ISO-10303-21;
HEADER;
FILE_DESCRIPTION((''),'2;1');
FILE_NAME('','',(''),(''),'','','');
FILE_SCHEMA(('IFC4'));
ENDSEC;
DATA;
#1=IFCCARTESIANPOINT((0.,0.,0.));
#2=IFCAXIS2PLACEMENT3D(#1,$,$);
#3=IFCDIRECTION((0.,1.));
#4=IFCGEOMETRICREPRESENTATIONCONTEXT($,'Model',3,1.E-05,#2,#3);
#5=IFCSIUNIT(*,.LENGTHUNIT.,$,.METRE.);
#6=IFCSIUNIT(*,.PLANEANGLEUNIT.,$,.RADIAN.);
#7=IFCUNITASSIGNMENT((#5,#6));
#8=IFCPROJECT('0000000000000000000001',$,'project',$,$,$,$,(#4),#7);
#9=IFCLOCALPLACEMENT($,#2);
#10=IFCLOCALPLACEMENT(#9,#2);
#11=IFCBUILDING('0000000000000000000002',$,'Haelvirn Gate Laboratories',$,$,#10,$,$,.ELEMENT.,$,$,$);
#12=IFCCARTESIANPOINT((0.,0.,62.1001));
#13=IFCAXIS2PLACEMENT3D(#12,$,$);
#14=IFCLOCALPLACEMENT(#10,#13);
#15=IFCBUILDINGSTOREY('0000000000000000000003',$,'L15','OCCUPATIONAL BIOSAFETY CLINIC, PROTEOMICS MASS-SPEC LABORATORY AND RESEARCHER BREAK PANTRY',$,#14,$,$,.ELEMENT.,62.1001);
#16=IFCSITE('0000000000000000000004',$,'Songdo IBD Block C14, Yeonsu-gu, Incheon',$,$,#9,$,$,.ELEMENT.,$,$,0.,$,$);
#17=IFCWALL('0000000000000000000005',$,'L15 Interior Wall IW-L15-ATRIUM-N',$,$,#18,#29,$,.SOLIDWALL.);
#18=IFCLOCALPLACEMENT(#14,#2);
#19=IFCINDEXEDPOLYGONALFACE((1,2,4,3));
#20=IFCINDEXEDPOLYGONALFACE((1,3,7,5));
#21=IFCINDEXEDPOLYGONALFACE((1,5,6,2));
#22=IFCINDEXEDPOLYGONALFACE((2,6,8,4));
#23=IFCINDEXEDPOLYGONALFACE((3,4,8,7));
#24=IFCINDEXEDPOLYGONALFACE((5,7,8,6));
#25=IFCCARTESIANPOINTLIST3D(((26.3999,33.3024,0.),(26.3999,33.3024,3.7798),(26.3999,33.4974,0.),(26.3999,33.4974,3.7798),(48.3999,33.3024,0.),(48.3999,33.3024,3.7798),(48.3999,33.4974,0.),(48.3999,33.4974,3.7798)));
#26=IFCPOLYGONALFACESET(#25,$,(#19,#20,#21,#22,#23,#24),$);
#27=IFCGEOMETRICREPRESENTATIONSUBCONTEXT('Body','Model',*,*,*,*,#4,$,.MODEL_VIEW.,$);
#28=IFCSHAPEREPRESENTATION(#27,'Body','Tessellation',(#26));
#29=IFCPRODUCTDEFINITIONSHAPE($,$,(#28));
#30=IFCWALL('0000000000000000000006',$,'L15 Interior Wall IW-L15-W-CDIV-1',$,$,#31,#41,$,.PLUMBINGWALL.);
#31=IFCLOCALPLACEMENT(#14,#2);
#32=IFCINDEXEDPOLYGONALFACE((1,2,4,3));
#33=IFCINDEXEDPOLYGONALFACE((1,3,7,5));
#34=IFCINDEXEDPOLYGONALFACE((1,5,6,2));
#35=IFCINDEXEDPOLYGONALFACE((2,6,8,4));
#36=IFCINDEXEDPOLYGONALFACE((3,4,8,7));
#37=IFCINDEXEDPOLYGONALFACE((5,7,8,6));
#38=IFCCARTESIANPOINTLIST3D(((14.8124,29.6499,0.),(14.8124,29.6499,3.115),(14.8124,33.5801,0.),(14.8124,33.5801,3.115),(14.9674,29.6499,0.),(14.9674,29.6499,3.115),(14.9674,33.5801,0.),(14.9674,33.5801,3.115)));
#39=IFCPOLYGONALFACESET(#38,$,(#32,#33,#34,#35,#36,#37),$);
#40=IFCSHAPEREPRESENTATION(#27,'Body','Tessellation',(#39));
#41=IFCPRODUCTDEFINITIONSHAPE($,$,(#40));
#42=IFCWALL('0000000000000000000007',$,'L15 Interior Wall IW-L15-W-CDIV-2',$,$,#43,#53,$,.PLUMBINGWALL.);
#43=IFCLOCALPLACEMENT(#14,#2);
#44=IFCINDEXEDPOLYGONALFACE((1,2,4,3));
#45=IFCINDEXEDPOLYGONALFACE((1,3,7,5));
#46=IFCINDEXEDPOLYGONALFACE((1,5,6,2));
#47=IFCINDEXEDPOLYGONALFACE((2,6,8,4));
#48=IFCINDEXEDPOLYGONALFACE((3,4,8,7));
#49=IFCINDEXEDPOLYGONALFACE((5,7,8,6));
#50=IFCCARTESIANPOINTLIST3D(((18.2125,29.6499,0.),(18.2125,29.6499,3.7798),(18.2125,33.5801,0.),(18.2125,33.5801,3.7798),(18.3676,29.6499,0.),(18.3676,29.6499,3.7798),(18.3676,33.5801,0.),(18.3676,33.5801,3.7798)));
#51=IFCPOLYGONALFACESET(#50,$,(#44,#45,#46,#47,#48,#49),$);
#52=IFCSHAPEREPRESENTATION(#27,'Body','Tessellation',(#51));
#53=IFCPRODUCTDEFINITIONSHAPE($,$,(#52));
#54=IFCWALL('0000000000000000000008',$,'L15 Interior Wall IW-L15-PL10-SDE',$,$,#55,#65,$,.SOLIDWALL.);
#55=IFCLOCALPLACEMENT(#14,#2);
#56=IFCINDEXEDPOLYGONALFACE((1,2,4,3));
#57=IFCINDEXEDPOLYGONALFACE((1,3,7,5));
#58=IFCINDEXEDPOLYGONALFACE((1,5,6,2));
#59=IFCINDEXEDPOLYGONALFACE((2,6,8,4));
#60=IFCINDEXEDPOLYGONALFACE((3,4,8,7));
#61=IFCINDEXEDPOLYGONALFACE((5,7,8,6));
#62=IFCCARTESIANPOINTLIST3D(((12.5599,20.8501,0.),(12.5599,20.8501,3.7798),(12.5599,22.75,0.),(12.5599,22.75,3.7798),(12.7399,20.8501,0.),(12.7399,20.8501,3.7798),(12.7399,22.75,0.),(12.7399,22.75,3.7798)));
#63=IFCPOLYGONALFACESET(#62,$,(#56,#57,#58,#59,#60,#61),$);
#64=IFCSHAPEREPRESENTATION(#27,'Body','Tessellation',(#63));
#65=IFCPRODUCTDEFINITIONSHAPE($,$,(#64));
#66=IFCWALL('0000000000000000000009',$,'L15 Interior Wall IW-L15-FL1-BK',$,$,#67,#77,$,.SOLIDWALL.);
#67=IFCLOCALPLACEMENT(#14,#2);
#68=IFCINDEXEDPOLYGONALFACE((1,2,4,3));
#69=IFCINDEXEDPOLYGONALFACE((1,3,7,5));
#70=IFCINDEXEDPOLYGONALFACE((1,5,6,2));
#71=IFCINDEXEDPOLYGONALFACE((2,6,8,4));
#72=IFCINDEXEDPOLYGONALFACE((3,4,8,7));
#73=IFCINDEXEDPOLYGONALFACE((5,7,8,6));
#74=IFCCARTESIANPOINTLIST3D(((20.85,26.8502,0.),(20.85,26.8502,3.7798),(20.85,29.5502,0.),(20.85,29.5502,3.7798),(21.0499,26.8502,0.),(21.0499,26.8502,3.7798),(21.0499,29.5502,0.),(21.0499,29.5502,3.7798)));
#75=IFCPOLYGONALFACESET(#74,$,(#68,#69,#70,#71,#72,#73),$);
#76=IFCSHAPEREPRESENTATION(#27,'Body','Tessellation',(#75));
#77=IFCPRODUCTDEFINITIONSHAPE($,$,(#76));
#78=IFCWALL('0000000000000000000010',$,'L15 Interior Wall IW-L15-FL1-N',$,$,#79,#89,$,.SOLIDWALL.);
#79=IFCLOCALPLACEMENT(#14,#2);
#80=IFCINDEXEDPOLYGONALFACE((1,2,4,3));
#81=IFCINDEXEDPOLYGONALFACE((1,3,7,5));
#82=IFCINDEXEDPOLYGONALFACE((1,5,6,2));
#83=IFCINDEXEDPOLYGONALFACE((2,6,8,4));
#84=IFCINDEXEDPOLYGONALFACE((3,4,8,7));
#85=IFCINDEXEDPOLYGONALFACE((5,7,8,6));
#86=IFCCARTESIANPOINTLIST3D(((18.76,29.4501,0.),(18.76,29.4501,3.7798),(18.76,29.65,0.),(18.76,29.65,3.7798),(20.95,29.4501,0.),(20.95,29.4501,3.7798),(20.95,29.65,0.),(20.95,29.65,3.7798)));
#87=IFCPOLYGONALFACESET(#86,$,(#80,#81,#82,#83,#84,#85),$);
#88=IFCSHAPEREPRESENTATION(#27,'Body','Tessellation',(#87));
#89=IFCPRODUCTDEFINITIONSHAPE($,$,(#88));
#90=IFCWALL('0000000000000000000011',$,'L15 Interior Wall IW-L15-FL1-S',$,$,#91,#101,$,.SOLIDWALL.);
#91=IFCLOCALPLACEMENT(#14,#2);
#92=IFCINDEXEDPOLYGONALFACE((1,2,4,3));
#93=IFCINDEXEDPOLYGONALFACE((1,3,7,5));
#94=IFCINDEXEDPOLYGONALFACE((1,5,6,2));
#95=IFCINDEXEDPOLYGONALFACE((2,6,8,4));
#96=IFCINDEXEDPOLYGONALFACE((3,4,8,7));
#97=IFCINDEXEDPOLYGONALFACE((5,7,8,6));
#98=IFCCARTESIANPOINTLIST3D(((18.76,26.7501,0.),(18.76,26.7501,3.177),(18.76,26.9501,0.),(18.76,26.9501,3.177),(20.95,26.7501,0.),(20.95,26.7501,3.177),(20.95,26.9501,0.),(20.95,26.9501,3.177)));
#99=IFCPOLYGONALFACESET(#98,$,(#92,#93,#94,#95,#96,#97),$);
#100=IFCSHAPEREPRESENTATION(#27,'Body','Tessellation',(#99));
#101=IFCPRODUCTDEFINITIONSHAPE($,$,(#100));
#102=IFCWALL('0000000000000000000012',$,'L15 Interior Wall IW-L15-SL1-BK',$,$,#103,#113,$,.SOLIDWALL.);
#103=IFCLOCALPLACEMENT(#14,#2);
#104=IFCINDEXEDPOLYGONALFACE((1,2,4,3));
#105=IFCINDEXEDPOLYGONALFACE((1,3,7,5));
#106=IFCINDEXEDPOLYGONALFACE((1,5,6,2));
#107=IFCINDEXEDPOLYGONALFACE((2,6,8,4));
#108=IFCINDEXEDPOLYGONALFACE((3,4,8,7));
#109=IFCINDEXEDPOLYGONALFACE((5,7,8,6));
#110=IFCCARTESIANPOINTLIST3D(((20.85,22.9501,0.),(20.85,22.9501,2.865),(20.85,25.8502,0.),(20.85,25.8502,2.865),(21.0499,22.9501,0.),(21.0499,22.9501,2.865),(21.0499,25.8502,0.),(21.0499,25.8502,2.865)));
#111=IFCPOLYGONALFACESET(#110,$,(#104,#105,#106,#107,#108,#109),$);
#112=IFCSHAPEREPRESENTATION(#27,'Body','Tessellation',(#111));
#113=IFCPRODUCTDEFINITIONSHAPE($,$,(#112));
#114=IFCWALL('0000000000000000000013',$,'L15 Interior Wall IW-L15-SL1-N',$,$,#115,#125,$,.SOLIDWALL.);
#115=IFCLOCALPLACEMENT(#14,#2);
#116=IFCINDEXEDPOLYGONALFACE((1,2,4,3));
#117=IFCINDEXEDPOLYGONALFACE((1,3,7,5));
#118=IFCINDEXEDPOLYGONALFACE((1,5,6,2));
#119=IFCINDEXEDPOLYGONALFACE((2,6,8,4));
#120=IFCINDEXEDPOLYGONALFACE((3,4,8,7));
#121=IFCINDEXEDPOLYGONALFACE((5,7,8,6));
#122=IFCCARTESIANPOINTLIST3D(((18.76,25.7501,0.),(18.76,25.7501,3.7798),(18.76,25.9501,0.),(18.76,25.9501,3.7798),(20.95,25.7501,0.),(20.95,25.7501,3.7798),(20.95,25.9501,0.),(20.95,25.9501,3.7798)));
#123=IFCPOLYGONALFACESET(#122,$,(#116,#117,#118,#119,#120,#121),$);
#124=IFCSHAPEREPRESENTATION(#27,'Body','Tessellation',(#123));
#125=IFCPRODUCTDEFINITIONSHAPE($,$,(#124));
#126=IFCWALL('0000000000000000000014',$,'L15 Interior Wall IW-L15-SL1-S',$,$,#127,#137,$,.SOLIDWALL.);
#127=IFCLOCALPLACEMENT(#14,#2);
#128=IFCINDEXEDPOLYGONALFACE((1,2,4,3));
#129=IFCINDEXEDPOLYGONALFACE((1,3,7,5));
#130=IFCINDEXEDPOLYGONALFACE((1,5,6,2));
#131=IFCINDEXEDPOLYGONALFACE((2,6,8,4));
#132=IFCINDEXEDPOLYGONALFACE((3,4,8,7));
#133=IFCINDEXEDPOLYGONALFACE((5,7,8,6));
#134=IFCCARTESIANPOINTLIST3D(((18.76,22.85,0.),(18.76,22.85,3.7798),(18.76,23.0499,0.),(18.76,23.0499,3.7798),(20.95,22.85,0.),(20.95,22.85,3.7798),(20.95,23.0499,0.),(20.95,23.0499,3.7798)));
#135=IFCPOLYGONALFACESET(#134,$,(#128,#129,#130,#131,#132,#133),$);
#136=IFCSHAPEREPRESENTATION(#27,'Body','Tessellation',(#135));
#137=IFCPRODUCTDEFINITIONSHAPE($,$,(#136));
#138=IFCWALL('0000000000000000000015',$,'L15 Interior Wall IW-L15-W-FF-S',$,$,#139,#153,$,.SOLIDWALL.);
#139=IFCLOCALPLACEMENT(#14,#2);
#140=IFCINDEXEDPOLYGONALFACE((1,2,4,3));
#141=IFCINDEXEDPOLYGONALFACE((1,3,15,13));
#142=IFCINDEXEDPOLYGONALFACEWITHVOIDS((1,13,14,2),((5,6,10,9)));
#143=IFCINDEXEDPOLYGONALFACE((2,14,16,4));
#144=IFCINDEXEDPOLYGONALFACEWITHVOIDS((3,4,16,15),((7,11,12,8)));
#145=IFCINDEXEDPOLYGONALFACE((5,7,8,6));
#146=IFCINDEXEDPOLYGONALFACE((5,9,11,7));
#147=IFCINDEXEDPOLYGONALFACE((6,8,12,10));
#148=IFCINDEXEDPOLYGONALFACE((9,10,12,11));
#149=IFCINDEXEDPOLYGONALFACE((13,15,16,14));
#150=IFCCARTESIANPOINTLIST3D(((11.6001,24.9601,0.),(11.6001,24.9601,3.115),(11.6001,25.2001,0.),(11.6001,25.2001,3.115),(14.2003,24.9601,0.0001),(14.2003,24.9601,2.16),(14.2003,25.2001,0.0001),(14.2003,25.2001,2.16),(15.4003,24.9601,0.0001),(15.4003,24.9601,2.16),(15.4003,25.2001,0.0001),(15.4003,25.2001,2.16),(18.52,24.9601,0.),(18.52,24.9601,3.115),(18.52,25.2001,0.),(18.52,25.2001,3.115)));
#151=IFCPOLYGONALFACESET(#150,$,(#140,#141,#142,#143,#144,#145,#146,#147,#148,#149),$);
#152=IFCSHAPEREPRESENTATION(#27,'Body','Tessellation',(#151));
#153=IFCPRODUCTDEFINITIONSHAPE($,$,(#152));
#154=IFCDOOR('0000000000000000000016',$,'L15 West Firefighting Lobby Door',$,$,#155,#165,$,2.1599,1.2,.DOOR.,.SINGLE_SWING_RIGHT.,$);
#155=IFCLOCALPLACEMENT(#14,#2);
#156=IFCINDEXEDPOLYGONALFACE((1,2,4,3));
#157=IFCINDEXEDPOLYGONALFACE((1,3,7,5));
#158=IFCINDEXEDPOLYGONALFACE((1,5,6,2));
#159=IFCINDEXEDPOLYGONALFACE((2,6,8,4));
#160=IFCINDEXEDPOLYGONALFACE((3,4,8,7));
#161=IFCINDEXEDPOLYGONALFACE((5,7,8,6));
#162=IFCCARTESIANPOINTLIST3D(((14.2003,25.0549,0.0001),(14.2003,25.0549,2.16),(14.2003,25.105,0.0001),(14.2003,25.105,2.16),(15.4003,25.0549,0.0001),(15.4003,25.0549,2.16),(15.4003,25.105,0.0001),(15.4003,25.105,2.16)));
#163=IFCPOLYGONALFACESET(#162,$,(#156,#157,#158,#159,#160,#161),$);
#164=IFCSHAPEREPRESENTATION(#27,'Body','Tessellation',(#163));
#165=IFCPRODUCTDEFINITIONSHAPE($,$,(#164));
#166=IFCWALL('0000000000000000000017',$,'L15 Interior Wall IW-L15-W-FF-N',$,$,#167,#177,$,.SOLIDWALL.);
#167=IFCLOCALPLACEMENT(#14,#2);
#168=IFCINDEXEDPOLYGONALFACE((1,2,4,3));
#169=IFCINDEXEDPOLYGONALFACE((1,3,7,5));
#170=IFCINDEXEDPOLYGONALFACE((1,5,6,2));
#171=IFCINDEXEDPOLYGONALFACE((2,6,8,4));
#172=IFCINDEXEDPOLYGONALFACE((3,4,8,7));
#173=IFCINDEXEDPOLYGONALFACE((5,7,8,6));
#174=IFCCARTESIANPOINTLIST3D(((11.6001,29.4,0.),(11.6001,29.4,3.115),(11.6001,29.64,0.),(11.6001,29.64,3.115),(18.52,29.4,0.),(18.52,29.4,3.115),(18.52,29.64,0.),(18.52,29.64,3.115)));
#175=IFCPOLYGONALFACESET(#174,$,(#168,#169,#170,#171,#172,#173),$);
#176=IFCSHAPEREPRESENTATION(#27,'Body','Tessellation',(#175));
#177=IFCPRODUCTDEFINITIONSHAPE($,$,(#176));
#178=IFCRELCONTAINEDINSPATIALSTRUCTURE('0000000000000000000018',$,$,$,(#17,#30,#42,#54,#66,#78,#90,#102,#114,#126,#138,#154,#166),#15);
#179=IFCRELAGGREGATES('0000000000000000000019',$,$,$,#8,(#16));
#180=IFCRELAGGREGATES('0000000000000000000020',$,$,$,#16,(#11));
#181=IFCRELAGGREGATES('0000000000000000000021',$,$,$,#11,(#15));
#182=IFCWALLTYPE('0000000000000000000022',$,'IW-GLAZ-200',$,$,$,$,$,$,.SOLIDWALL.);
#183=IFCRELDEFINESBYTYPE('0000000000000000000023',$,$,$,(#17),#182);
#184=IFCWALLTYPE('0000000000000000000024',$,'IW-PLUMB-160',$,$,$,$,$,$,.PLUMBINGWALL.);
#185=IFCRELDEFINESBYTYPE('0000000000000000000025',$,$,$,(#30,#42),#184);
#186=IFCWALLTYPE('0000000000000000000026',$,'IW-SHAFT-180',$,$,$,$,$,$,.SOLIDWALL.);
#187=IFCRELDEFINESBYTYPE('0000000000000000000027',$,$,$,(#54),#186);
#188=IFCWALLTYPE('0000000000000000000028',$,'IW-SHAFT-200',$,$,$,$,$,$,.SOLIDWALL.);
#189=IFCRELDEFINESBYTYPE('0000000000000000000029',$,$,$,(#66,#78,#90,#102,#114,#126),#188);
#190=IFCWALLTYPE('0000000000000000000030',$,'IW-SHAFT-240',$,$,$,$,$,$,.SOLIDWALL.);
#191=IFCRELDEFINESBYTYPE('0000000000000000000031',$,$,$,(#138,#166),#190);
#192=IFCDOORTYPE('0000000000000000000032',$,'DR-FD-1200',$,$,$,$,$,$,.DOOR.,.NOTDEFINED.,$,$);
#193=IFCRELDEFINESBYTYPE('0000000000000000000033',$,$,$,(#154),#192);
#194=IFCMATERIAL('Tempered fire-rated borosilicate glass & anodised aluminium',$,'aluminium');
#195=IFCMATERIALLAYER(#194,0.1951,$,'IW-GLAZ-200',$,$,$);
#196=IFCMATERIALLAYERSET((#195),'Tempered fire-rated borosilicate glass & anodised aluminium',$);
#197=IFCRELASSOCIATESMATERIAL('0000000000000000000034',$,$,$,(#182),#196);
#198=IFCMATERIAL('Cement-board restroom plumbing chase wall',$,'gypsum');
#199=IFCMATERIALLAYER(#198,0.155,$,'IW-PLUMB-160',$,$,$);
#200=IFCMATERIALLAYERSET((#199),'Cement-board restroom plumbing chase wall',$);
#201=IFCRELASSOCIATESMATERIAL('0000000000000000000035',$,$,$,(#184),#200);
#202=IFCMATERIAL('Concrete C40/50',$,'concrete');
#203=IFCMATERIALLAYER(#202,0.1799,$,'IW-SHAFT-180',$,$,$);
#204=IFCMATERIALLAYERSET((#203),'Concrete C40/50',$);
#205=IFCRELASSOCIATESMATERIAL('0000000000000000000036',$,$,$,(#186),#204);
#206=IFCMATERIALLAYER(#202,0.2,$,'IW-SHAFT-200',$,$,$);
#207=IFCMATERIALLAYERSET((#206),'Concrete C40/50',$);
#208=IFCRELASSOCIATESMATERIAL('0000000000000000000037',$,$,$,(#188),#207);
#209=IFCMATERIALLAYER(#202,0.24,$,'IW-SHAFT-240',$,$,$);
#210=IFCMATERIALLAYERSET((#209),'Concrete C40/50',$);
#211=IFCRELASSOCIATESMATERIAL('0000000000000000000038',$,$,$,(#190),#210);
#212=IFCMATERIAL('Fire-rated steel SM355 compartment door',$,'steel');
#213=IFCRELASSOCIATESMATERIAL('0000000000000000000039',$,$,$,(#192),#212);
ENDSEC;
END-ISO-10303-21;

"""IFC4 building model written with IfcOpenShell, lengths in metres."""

from ifc_helpers import new_model, si_unit, direction, frame, frame_2d, origin, place, context, subcontext, project, spatial, rectangle, extrude, source, transform, mapped, material, layer, layer_set, type_object, type_shapes, element, fill, save


model = new_model("IFC4")

# Units and contexts
model_context = context("Model", 3, precision=1e-05, world=origin(), true_north=direction((0.0, 1.0)))
body_context = subcontext(model_context, "Body", "Model", "MODEL_VIEW")
ifc_project = project(units=[si_unit("LENGTHUNIT", "METRE"), si_unit("PLANEANGLEUNIT", "RADIAN")], contexts=[model_context])

# Site, building, storey
site_placement = place(None, origin())
site = spatial("IfcSite", under=ifc_project, at=site_placement, Name="Songdo IBD Block C14, Yeonsu-gu, Incheon", CompositionType="ELEMENT", RefElevation=0.0)
building_placement = place(site_placement, origin())
building = spatial("IfcBuilding", under=site, at=building_placement, Name="Haelvirn Gate Laboratories", CompositionType="ELEMENT")
storey_placement = place(building_placement, frame((0.0, 0.0, 62.1001)))
storey = spatial("IfcBuildingStorey", under=building, at=storey_placement, Name="L15", Description="OCCUPATIONAL BIOSAFETY CLINIC, PROTEOMICS MASS-SPEC LABORATORY AND RESEARCHER BREAK PANTRY", CompositionType="ELEMENT", Elevation=62.1001)

# Walls
ifc_material_1 = material(Name="Tempered fire-rated borosilicate glass & anodised aluminium", Category="aluminium")
ifc_layer_1 = layer(ifc_material_1, 0.1951, Name="IW-GLAZ-200")
ifc_layer_set_1 = layer_set([ifc_layer_1], Name="Tempered fire-rated borosilicate glass & anodised aluminium")
wall_type_1 = type_object("IfcWallType", Name="IW-GLAZ-200", PredefinedType="SOLIDWALL", material=ifc_layer_set_1)
wall_1_placement = place(storey_placement, frame((26.3999, 33.3999, 0.0), z_axis=(0.0, 0.0, 1.0), x_axis=(1.0, 0.0, 0.0)))
element("IfcWall", 1, at=wall_1_placement, inside=storey, type_object=wall_type_1, Name="L15 Interior Wall IW-L15-ATRIUM-N", PredefinedType="SOLIDWALL", context=body_context, shape_type="SweptSolid", body=[
    extrude(rectangle(XDim=22.0, YDim=0.1951, at=frame_2d((11.0, 0.0))), origin(), (0.0, 0.0, 1.0), 3.7798),
])
ifc_material_2 = material(Name="Cement-board restroom plumbing chase wall", Category="gypsum")
ifc_layer_2 = layer(ifc_material_2, 0.155, Name="IW-PLUMB-160")
ifc_layer_set_2 = layer_set([ifc_layer_2], Name="Cement-board restroom plumbing chase wall")
wall_type_2 = type_object("IfcWallType", Name="IW-PLUMB-160", PredefinedType="PLUMBINGWALL", material=ifc_layer_set_2)
wall_2_placement = place(storey_placement, frame((14.8899, 29.6499, 0.0), z_axis=(0.0, 0.0, 1.0), x_axis=(0.0, 1.0, 0.0)))
element("IfcWall", 2, at=wall_2_placement, inside=storey, type_object=wall_type_2, Name="L15 Interior Wall IW-L15-W-CDIV-1", PredefinedType="PLUMBINGWALL", context=body_context, shape_type="SweptSolid", body=[
    extrude(rectangle(XDim=3.9302, YDim=0.155, at=frame_2d((1.9651, 0.0))), origin(), (0.0, 0.0, 1.0), 3.115),
])
wall_3_placement = place(storey_placement, frame((18.29, 29.6499, 0.0), z_axis=(0.0, 0.0, 1.0), x_axis=(0.0, 1.0, 0.0)))
element("IfcWall", 3, at=wall_3_placement, inside=storey, type_object=wall_type_2, Name="L15 Interior Wall IW-L15-W-CDIV-2", PredefinedType="PLUMBINGWALL", context=body_context, shape_type="SweptSolid", body=[
    extrude(rectangle(XDim=3.9302, YDim=0.155, at=frame_2d((1.9651, 0.0))), origin(), (0.0, 0.0, 1.0), 3.7798),
])
ifc_material_3 = material(Name="Concrete C40/50", Category="concrete")
ifc_layer_3 = layer(ifc_material_3, 0.1799, Name="IW-SHAFT-180")
ifc_layer_set_3 = layer_set([ifc_layer_3], Name="Concrete C40/50")
wall_type_3 = type_object("IfcWallType", Name="IW-SHAFT-180", PredefinedType="SOLIDWALL", material=ifc_layer_set_3)
wall_4_placement = place(storey_placement, frame((12.6499, 20.8501, 0.0), z_axis=(0.0, 0.0, 1.0), x_axis=(0.0, 1.0, 0.0)))
element("IfcWall", 4, at=wall_4_placement, inside=storey, type_object=wall_type_3, Name="L15 Interior Wall IW-L15-PL10-SDE", PredefinedType="SOLIDWALL", context=body_context, shape_type="SweptSolid", body=[
    extrude(rectangle(XDim=1.8999, YDim=0.1799, at=frame_2d((0.95, 0.0))), origin(), (0.0, 0.0, 1.0), 3.7798),
])
ifc_layer_4 = layer(ifc_material_3, 0.2, Name="IW-SHAFT-200")
ifc_layer_set_4 = layer_set([ifc_layer_4], Name="Concrete C40/50")
wall_type_4 = type_object("IfcWallType", Name="IW-SHAFT-200", PredefinedType="SOLIDWALL", material=ifc_layer_set_4)
wall_5_placement = place(storey_placement, frame((20.95, 26.8501, 0.0), z_axis=(0.0, 0.0, 1.0), x_axis=(0.0, 1.0, 0.0)))
element("IfcWall", 5, at=wall_5_placement, inside=storey, type_object=wall_type_4, Name="L15 Interior Wall IW-L15-FL1-BK", PredefinedType="SOLIDWALL", context=body_context, shape_type="SweptSolid", body=[
    extrude(rectangle(XDim=2.7, YDim=0.2, at=frame_2d((1.3501, 0.0))), origin(), (0.0, 0.0, 1.0), 3.7798),
])
wall_6_placement = place(storey_placement, frame((18.76, 29.55, 0.0), z_axis=(0.0, 0.0, 1.0), x_axis=(1.0, 0.0, 0.0)))
element("IfcWall", 6, at=wall_6_placement, inside=storey, type_object=wall_type_4, Name="L15 Interior Wall IW-L15-FL1-N", PredefinedType="SOLIDWALL", context=body_context, shape_type="SweptSolid", body=[
    extrude(rectangle(XDim=2.1899, YDim=0.2, at=frame_2d((1.095, 0.0))), origin(), (0.0, 0.0, 1.0), 3.7798),
])
wall_7_placement = place(storey_placement, frame((18.76, 26.8501, 0.0), z_axis=(0.0, 0.0, 1.0), x_axis=(1.0, 0.0, 0.0)))
element("IfcWall", 7, at=wall_7_placement, inside=storey, type_object=wall_type_4, Name="L15 Interior Wall IW-L15-FL1-S", PredefinedType="SOLIDWALL", context=body_context, shape_type="SweptSolid", body=[
    extrude(rectangle(XDim=2.1899, YDim=0.2, at=frame_2d((1.095, 0.0))), origin(), (0.0, 0.0, 1.0), 3.177),
])
wall_8_placement = place(storey_placement, frame((20.95, 22.95, 0.0), z_axis=(0.0, 0.0, 1.0), x_axis=(0.0, 1.0, 0.0)))
element("IfcWall", 8, at=wall_8_placement, inside=storey, type_object=wall_type_4, Name="L15 Interior Wall IW-L15-SL1-BK", PredefinedType="SOLIDWALL", context=body_context, shape_type="SweptSolid", body=[
    extrude(rectangle(XDim=2.9001, YDim=0.2, at=frame_2d((1.4502, 0.0))), origin(), (0.0, 0.0, 1.0), 2.865),
])
for number, where, z_axis, x_axis, name in (
    (9, (18.76, 25.8501, 0.0), (0.0, 0.0, 1.0), (1.0, 0.0, 0.0), "L15 Interior Wall IW-L15-SL1-N"),
    (10, (18.76, 22.95, 0.0), (0.0, 0.0, 1.0), (1.0, 0.0, 0.0), "L15 Interior Wall IW-L15-SL1-S"),
):
    element("IfcWall", number, at=place(storey_placement, frame(where, z_axis=z_axis, x_axis=x_axis)), inside=storey, type_object=wall_type_4, Name=name, PredefinedType="SOLIDWALL", context=body_context, shape_type="SweptSolid", body=[
        extrude(rectangle(XDim=2.1899, YDim=0.2, at=frame_2d((1.095, 0.0))), origin(), (0.0, 0.0, 1.0), 3.7798),
    ])

# Wall, opening, door
ifc_layer_5 = layer(ifc_material_3, 0.24, Name="IW-SHAFT-240")
ifc_layer_set_5 = layer_set([ifc_layer_5], Name="Concrete C40/50")
wall_type_5 = type_object("IfcWallType", Name="IW-SHAFT-240", PredefinedType="SOLIDWALL", material=ifc_layer_set_5)
wall_9_placement = place(storey_placement, frame((11.6001, 25.0801, 0.0), z_axis=(0.0, 0.0, 1.0), x_axis=(1.0, 0.0, 0.0)))
wall_9 = element("IfcWall", 11, at=wall_9_placement, inside=storey, type_object=wall_type_5, Name="L15 Interior Wall IW-L15-W-FF-S", PredefinedType="SOLIDWALL", context=body_context, shape_type="SweptSolid", body=[
    extrude(rectangle(XDim=6.9199, YDim=0.24, at=frame_2d((3.46, 0.0))), origin(), (0.0, 0.0, 1.0), 3.115),
])
opening_1_placement = place(wall_9_placement, frame((2.6001, 0.0, 0.0)))
opening_1 = element("IfcOpeningElement", 12, at=opening_1_placement, cuts=wall_9, PredefinedType="OPENING", context=body_context, shape_type="SweptSolid", body=[
    extrude(rectangle(XDim=1.2, YDim=2.1599, at=frame_2d((0.6001, 1.0801))), frame((0.0, 0.1299, 0.0), z_axis=(0.0, -1.0, 0.0), x_axis=(1.0, 0.0, 0.0)), (0.0, 0.0, 1.0), 0.26),
])
ifc_material_4 = material(Name="Fire-rated steel SM355 compartment door", Category="steel")
door_type_1 = type_object("IfcDoorType", Name="DR-FD-1200", OperationType="NOTDEFINED", PredefinedType="DOOR", material=ifc_material_4)
shared_shape_1 = source(origin(), body_context, "Body", "SweptSolid", [
    extrude(rectangle(XDim=1.2, YDim=2.1599, at=frame_2d((0.6001, 1.0801))), frame((0.0, 0.0249, 0.0), z_axis=(0.0, -1.0, 0.0), x_axis=(1.0, 0.0, 0.0)), (0.0, 0.0, 1.0), 0.05),
])
type_shapes(door_type_1, [shared_shape_1])
door_1_placement = place(opening_1_placement, origin())
door_1 = element("IfcDoor", 13, at=door_1_placement, inside=storey, type_object=door_type_1, Name="L15 West Firefighting Lobby Door", OperationType="SINGLE_SWING_RIGHT", OverallHeight=2.1599, OverallWidth=1.2, PredefinedType="DOOR", context=body_context, shape_type="MappedRepresentation", body=[
    mapped(shared_shape_1, transform((0.0, 0.0, 0.0), scale=1.0)),
])
fill(opening_1, door_1)

# Wall
wall_10_placement = place(storey_placement, frame((11.6001, 29.52, 0.0), z_axis=(0.0, 0.0, 1.0), x_axis=(1.0, 0.0, 0.0)))
element("IfcWall", 14, at=wall_10_placement, inside=storey, type_object=wall_type_5, Name="L15 Interior Wall IW-L15-W-FF-N", PredefinedType="SOLIDWALL", context=body_context, shape_type="SweptSolid", body=[
    extrude(rectangle(XDim=6.9199, YDim=0.24, at=frame_2d((3.46, 0.0))), origin(), (0.0, 0.0, 1.0), 3.115),
])

save(model, "model.ifc")
